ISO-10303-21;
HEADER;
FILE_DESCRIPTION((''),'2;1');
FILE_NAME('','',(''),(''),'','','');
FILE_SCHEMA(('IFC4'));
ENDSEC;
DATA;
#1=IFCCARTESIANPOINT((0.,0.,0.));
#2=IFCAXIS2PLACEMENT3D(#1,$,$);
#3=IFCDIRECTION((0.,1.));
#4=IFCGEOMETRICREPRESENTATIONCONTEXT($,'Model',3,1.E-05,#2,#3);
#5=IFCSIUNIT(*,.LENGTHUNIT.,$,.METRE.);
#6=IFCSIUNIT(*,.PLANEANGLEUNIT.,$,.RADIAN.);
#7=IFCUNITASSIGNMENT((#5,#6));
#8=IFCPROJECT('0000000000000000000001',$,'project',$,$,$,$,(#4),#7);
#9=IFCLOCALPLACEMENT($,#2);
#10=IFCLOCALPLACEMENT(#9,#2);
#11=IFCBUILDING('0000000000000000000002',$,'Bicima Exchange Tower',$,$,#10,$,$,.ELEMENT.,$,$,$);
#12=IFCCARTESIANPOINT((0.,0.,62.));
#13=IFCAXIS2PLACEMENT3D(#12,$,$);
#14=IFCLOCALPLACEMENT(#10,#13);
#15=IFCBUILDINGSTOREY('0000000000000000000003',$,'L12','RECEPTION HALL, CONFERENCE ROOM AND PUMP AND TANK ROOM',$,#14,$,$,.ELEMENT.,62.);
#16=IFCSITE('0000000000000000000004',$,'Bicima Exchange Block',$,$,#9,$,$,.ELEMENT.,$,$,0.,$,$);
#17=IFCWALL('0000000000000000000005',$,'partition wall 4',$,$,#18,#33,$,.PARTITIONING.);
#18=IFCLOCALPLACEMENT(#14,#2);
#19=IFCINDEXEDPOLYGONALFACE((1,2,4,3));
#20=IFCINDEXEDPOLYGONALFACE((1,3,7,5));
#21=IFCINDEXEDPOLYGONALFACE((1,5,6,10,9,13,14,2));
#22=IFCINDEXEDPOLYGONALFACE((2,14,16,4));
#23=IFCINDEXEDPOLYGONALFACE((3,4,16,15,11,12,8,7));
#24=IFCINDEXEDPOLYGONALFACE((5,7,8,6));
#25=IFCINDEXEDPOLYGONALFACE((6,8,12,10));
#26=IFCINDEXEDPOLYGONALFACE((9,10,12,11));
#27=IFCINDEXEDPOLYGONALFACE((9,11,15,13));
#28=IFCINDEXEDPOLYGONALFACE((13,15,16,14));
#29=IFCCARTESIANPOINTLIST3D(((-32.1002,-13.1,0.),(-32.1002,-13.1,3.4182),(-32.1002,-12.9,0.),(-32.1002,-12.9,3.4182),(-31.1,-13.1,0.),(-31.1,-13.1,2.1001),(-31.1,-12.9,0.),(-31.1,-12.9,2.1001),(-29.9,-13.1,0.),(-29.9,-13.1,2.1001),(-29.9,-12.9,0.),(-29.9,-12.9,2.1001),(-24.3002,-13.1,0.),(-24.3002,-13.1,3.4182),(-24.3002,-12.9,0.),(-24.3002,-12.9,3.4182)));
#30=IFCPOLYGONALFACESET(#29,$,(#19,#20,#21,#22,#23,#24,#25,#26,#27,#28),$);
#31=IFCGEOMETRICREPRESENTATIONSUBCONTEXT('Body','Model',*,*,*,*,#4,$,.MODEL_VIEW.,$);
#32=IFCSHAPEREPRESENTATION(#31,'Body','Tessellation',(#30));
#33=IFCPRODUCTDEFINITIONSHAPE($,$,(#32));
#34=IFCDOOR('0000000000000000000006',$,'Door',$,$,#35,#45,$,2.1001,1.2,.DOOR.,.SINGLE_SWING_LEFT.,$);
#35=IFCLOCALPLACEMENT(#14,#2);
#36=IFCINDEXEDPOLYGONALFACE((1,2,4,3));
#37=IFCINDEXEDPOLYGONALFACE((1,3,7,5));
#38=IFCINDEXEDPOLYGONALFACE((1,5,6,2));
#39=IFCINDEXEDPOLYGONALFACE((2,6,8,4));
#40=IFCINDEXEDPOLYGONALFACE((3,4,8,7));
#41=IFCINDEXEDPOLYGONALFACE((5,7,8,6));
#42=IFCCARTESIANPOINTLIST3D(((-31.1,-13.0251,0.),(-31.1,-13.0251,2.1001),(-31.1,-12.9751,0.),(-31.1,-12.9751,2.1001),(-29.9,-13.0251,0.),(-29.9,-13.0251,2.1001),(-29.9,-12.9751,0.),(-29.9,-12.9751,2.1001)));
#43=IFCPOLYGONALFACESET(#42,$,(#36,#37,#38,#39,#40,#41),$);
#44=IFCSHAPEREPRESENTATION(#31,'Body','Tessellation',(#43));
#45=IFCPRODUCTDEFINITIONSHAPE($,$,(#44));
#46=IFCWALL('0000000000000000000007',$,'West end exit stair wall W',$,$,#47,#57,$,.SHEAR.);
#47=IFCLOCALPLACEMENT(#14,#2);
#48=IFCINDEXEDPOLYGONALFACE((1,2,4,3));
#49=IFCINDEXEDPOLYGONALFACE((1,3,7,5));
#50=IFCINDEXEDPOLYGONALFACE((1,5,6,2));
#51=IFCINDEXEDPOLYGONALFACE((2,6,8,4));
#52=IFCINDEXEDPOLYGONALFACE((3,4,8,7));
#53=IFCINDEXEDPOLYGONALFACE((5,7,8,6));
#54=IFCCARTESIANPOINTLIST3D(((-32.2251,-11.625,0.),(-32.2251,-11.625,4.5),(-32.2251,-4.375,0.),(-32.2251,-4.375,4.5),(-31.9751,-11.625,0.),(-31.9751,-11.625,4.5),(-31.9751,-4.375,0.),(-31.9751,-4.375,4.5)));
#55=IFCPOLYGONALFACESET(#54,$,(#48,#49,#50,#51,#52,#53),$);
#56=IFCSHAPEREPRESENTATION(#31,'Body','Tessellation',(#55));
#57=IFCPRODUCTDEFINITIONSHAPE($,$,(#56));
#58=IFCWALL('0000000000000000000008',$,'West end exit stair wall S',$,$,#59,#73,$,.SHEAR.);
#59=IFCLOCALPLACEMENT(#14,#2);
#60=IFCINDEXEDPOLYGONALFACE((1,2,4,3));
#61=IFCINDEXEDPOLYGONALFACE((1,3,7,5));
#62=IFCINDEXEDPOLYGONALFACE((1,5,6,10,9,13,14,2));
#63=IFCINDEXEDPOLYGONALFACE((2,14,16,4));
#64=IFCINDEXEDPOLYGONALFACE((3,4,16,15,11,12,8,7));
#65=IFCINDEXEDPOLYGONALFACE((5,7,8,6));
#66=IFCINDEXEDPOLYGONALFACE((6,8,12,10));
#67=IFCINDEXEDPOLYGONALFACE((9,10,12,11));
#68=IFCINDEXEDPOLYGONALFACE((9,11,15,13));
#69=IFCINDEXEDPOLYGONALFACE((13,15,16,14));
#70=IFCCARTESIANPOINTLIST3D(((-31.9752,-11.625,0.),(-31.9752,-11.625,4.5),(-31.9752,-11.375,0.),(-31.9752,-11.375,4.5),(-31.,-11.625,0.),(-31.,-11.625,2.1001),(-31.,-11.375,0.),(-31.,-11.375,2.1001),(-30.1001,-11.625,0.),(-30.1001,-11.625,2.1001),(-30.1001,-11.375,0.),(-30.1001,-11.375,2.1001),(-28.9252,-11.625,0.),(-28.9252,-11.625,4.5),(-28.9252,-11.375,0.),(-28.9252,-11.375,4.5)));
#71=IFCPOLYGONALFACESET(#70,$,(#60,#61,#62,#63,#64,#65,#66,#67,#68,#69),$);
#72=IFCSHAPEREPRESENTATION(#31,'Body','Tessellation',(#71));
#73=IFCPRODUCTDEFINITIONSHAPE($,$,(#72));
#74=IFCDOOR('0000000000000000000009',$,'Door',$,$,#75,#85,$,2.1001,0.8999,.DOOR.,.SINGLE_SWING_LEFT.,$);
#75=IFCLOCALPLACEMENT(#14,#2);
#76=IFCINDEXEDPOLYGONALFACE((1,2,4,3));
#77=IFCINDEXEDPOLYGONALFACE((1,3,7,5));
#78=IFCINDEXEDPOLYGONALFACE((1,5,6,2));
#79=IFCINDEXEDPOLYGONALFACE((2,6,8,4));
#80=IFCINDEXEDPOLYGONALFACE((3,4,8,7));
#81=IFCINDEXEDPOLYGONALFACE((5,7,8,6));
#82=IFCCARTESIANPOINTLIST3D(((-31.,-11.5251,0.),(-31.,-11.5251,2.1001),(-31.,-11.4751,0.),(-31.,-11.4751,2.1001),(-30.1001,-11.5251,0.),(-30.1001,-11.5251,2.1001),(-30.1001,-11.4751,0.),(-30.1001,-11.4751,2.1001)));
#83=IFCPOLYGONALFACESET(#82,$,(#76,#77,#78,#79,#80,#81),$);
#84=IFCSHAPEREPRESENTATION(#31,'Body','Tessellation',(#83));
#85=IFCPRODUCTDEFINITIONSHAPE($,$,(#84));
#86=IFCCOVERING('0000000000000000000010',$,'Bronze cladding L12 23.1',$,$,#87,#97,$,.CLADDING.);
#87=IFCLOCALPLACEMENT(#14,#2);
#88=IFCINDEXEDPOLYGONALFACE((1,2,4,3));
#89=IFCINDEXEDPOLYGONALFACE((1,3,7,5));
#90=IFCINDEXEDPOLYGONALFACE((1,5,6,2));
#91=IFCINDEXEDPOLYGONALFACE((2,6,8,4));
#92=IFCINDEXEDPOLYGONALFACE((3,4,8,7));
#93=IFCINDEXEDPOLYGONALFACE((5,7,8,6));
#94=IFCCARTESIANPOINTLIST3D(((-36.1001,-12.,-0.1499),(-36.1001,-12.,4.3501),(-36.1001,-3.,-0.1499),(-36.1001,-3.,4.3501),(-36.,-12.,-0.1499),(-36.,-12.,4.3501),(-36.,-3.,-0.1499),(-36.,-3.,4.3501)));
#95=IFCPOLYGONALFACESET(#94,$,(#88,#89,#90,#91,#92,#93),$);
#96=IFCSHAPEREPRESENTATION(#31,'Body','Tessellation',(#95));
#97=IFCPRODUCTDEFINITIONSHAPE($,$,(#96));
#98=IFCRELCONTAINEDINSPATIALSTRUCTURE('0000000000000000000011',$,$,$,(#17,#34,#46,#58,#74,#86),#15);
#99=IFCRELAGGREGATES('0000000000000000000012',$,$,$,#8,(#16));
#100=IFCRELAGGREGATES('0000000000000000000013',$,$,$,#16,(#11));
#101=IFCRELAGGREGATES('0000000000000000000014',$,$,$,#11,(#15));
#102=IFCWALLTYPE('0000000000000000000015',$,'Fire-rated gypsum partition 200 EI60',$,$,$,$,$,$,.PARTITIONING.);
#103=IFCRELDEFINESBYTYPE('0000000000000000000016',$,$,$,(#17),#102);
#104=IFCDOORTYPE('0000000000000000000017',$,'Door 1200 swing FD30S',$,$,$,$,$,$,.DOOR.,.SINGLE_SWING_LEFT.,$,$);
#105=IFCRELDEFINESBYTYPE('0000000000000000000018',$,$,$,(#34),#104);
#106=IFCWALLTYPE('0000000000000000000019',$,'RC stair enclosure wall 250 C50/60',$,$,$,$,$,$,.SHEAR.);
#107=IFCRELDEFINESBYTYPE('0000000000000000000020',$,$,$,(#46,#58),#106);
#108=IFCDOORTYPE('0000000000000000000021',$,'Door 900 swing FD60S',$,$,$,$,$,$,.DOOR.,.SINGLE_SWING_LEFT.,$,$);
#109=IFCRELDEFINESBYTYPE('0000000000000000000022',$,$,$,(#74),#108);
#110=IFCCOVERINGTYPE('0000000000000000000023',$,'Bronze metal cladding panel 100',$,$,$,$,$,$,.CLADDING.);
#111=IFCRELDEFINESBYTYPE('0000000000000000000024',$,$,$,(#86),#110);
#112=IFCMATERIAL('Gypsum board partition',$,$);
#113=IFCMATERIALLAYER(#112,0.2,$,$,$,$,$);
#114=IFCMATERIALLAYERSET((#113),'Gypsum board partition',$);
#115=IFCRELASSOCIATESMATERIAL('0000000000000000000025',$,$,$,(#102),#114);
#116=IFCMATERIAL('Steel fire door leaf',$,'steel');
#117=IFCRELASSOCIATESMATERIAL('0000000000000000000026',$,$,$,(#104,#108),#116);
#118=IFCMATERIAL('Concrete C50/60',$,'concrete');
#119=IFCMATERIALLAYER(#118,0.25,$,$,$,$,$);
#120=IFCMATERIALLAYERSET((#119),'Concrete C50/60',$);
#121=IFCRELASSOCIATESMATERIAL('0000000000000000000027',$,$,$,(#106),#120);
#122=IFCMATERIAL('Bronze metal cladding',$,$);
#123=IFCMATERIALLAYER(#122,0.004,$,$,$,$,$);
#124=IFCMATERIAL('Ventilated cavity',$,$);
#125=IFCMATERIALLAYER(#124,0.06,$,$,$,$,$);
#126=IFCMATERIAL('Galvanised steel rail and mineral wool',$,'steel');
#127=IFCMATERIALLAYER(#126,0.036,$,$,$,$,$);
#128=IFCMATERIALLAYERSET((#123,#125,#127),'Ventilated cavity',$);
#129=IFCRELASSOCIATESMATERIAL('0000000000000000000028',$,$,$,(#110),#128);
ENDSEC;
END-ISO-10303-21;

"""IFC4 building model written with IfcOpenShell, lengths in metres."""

from ifc_helpers import new_model, si_unit, direction, frame, frame_2d, origin, origin_2d, place, context, subcontext, project, spatial, rectangle, extrude, material, layer, layer_set, type_object, element, fill, save


model = new_model("IFC4")

# Units and contexts
model_context = context("Model", 3, precision=1e-05, world=origin(), true_north=direction((0.0, 1.0)))
body_context = subcontext(model_context, "Body", "Model", "MODEL_VIEW")
ifc_project = project(units=[si_unit("LENGTHUNIT", "METRE"), si_unit("PLANEANGLEUNIT", "RADIAN")], contexts=[model_context])

# Site, building, storey
site_placement = place(None, origin())
site = spatial("IfcSite", under=ifc_project, at=site_placement, Name="Bicima Exchange Block", CompositionType="ELEMENT", RefElevation=0.0)
building_placement = place(site_placement, origin())
building = spatial("IfcBuilding", under=site, at=building_placement, Name="Bicima Exchange Tower", CompositionType="ELEMENT")
storey_placement = place(building_placement, frame((0.0, 0.0, 62.0)))
storey = spatial("IfcBuildingStorey", under=building, at=storey_placement, Name="L12", Description="RECEPTION HALL, CONFERENCE ROOM AND PUMP AND TANK ROOM", CompositionType="ELEMENT", Elevation=62.0)

# Shared definitions
ifc_material_1 = material(Name="Gypsum board partition")
ifc_layer_1 = layer(ifc_material_1, 0.2)
ifc_layer_set_1 = layer_set([ifc_layer_1], Name="Gypsum board partition")
wall_type_1 = type_object("IfcWallType", Name="Fire-rated gypsum partition 200 EI60", PredefinedType="PARTITIONING", material=ifc_layer_set_1)
ifc_material_2 = material(Name="Steel fire door leaf", Category="steel")

# Wall, opening, door
wall_1_placement = place(storey_placement, frame((-32.1001, -13.0, 0.0), z_axis=(0.0, 0.0, 1.0), x_axis=(1.0, 0.0, 0.0)))
wall_1 = element("IfcWall", 1, at=wall_1_placement, inside=storey, type_object=wall_type_1, Name="partition wall 4", PredefinedType="PARTITIONING", context=body_context, shape_type="SweptSolid", body=[
    extrude(rectangle(XDim=7.8, YDim=0.2, at=frame_2d((3.8999, 0.0))), origin(), (0.0, 0.0, 1.0), 3.4182),
])
opening_1_placement = place(wall_1_placement, frame((1.0, 0.0, 0.0)))
opening_1 = element("IfcOpeningElement", 2, at=opening_1_placement, cuts=wall_1, PredefinedType="OPENING", context=body_context, shape_type="SweptSolid", body=[
    extrude(rectangle(XDim=1.2, YDim=2.1001, at=frame_2d((0.6001, 1.05))), frame((0.0, 0.1118, 0.0), z_axis=(0.0, -1.0, 0.0), x_axis=(1.0, 0.0, 0.0)), (0.0, 0.0, 1.0), 0.2239),
])
door_type_1 = type_object("IfcDoorType", Name="Door 1200 swing FD30S", OperationType="SINGLE_SWING_LEFT", PredefinedType="DOOR", material=ifc_material_2)
door_1_placement = place(opening_1_placement, origin())
door_1 = element("IfcDoor", 3, at=door_1_placement, inside=storey, type_object=door_type_1, Name="Door", OperationType="SINGLE_SWING_LEFT", OverallHeight=2.1001, OverallWidth=1.2, PredefinedType="DOOR", context=body_context, shape_type="SweptSolid", body=[
    extrude(rectangle(XDim=1.2, YDim=2.1001, at=frame_2d((0.6001, 1.05))), frame((0.0, 0.0249, 0.0), z_axis=(0.0, -1.0, 0.0), x_axis=(1.0, 0.0, 0.0)), (0.0, 0.0, 1.0), 0.05),
])
fill(opening_1, door_1)

# Wall
ifc_material_3 = material(Name="Concrete C50/60", Category="concrete")
ifc_layer_2 = layer(ifc_material_3, 0.25)
ifc_layer_set_2 = layer_set([ifc_layer_2], Name="Concrete C50/60")
wall_type_2 = type_object("IfcWallType", Name="RC stair enclosure wall 250 C50/60", PredefinedType="SHEAR", material=ifc_layer_set_2)
wall_2_placement = place(storey_placement, frame((-32.1001, -11.625, 0.0), z_axis=(0.0, 0.0, 1.0), x_axis=(0.0, 1.0, 0.0)))
element("IfcWall", 4, at=wall_2_placement, inside=storey, type_object=wall_type_2, Name="West end exit stair wall W", PredefinedType="SHEAR", context=body_context, shape_type="SweptSolid", body=[
    extrude(rectangle(XDim=7.25, YDim=0.25, at=frame_2d((3.625, 0.0))), origin(), (0.0, 0.0, 1.0), 4.5),
])

# Wall, opening, door
wall_3_placement = place(storey_placement, frame((-31.9751, -11.5, 0.0), z_axis=(0.0, 0.0, 1.0), x_axis=(1.0, 0.0, 0.0)))
wall_3 = element("IfcWall", 5, at=wall_3_placement, inside=storey, type_object=wall_type_2, Name="West end exit stair wall S", PredefinedType="SHEAR", context=body_context, shape_type="SweptSolid", body=[
    extrude(rectangle(XDim=3.05, YDim=0.25, at=frame_2d((1.5249, 0.0))), origin(), (0.0, 0.0, 1.0), 4.5),
])
opening_2_placement = place(wall_3_placement, frame((0.9751, 0.0, 0.0)))
opening_2 = element("IfcOpeningElement", 6, at=opening_2_placement, cuts=wall_3, PredefinedType="OPENING", context=body_context, shape_type="SweptSolid", body=[
    extrude(rectangle(XDim=0.8999, YDim=2.1001, at=frame_2d((0.45, 1.05))), frame((0.0, 0.137, 0.0), z_axis=(0.0, -1.0, 0.0), x_axis=(1.0, 0.0, 0.0)), (0.0, 0.0, 1.0), 0.2739),
])
door_type_2 = type_object("IfcDoorType", Name="Door 900 swing FD60S", OperationType="SINGLE_SWING_LEFT", PredefinedType="DOOR", material=ifc_material_2)
door_2_placement = place(opening_2_placement, origin())
door_2 = element("IfcDoor", 7, at=door_2_placement, inside=storey, type_object=door_type_2, Name="Door", OperationType="SINGLE_SWING_LEFT", OverallHeight=2.1001, OverallWidth=0.8999, PredefinedType="DOOR", context=body_context, shape_type="SweptSolid", body=[
    extrude(rectangle(XDim=0.8999, YDim=2.1001, at=frame_2d((0.45, 1.05))), frame((0.0, 0.0249, 0.0), z_axis=(0.0, -1.0, 0.0), x_axis=(1.0, 0.0, 0.0)), (0.0, 0.0, 1.0), 0.05),
])
fill(opening_2, door_2)

# Covering
ifc_material_4 = material(Name="Bronze metal cladding")
ifc_layer_3 = layer(ifc_material_4, 0.004)
ifc_material_5 = material(Name="Ventilated cavity")
ifc_layer_4 = layer(ifc_material_5, 0.06)
ifc_material_6 = material(Name="Galvanised steel rail and mineral wool", Category="steel")
ifc_layer_5 = layer(ifc_material_6, 0.036)
ifc_layer_set_3 = layer_set([ifc_layer_3, ifc_layer_4, ifc_layer_5], Name="Ventilated cavity")
covering_type = type_object("IfcCoveringType", Name="Bronze metal cladding panel 100", PredefinedType="CLADDING", material=ifc_layer_set_3)
covering_placement = place(storey_placement, frame((-36.05, -7.5, -0.1499), z_axis=(0.0, 0.0, 1.0), x_axis=(0.0, -1.0, 0.0)))
element("IfcCovering", 8, at=covering_placement, inside=storey, type_object=covering_type, Name="Bronze cladding L12 23.1", PredefinedType="CLADDING", context=body_context, shape_type="SweptSolid", body=[
    extrude(rectangle(XDim=9.0, YDim=0.1001, at=origin_2d()), origin(), (0.0, 0.0, 1.0), 4.5),
])

save(model, "model.ifc")
